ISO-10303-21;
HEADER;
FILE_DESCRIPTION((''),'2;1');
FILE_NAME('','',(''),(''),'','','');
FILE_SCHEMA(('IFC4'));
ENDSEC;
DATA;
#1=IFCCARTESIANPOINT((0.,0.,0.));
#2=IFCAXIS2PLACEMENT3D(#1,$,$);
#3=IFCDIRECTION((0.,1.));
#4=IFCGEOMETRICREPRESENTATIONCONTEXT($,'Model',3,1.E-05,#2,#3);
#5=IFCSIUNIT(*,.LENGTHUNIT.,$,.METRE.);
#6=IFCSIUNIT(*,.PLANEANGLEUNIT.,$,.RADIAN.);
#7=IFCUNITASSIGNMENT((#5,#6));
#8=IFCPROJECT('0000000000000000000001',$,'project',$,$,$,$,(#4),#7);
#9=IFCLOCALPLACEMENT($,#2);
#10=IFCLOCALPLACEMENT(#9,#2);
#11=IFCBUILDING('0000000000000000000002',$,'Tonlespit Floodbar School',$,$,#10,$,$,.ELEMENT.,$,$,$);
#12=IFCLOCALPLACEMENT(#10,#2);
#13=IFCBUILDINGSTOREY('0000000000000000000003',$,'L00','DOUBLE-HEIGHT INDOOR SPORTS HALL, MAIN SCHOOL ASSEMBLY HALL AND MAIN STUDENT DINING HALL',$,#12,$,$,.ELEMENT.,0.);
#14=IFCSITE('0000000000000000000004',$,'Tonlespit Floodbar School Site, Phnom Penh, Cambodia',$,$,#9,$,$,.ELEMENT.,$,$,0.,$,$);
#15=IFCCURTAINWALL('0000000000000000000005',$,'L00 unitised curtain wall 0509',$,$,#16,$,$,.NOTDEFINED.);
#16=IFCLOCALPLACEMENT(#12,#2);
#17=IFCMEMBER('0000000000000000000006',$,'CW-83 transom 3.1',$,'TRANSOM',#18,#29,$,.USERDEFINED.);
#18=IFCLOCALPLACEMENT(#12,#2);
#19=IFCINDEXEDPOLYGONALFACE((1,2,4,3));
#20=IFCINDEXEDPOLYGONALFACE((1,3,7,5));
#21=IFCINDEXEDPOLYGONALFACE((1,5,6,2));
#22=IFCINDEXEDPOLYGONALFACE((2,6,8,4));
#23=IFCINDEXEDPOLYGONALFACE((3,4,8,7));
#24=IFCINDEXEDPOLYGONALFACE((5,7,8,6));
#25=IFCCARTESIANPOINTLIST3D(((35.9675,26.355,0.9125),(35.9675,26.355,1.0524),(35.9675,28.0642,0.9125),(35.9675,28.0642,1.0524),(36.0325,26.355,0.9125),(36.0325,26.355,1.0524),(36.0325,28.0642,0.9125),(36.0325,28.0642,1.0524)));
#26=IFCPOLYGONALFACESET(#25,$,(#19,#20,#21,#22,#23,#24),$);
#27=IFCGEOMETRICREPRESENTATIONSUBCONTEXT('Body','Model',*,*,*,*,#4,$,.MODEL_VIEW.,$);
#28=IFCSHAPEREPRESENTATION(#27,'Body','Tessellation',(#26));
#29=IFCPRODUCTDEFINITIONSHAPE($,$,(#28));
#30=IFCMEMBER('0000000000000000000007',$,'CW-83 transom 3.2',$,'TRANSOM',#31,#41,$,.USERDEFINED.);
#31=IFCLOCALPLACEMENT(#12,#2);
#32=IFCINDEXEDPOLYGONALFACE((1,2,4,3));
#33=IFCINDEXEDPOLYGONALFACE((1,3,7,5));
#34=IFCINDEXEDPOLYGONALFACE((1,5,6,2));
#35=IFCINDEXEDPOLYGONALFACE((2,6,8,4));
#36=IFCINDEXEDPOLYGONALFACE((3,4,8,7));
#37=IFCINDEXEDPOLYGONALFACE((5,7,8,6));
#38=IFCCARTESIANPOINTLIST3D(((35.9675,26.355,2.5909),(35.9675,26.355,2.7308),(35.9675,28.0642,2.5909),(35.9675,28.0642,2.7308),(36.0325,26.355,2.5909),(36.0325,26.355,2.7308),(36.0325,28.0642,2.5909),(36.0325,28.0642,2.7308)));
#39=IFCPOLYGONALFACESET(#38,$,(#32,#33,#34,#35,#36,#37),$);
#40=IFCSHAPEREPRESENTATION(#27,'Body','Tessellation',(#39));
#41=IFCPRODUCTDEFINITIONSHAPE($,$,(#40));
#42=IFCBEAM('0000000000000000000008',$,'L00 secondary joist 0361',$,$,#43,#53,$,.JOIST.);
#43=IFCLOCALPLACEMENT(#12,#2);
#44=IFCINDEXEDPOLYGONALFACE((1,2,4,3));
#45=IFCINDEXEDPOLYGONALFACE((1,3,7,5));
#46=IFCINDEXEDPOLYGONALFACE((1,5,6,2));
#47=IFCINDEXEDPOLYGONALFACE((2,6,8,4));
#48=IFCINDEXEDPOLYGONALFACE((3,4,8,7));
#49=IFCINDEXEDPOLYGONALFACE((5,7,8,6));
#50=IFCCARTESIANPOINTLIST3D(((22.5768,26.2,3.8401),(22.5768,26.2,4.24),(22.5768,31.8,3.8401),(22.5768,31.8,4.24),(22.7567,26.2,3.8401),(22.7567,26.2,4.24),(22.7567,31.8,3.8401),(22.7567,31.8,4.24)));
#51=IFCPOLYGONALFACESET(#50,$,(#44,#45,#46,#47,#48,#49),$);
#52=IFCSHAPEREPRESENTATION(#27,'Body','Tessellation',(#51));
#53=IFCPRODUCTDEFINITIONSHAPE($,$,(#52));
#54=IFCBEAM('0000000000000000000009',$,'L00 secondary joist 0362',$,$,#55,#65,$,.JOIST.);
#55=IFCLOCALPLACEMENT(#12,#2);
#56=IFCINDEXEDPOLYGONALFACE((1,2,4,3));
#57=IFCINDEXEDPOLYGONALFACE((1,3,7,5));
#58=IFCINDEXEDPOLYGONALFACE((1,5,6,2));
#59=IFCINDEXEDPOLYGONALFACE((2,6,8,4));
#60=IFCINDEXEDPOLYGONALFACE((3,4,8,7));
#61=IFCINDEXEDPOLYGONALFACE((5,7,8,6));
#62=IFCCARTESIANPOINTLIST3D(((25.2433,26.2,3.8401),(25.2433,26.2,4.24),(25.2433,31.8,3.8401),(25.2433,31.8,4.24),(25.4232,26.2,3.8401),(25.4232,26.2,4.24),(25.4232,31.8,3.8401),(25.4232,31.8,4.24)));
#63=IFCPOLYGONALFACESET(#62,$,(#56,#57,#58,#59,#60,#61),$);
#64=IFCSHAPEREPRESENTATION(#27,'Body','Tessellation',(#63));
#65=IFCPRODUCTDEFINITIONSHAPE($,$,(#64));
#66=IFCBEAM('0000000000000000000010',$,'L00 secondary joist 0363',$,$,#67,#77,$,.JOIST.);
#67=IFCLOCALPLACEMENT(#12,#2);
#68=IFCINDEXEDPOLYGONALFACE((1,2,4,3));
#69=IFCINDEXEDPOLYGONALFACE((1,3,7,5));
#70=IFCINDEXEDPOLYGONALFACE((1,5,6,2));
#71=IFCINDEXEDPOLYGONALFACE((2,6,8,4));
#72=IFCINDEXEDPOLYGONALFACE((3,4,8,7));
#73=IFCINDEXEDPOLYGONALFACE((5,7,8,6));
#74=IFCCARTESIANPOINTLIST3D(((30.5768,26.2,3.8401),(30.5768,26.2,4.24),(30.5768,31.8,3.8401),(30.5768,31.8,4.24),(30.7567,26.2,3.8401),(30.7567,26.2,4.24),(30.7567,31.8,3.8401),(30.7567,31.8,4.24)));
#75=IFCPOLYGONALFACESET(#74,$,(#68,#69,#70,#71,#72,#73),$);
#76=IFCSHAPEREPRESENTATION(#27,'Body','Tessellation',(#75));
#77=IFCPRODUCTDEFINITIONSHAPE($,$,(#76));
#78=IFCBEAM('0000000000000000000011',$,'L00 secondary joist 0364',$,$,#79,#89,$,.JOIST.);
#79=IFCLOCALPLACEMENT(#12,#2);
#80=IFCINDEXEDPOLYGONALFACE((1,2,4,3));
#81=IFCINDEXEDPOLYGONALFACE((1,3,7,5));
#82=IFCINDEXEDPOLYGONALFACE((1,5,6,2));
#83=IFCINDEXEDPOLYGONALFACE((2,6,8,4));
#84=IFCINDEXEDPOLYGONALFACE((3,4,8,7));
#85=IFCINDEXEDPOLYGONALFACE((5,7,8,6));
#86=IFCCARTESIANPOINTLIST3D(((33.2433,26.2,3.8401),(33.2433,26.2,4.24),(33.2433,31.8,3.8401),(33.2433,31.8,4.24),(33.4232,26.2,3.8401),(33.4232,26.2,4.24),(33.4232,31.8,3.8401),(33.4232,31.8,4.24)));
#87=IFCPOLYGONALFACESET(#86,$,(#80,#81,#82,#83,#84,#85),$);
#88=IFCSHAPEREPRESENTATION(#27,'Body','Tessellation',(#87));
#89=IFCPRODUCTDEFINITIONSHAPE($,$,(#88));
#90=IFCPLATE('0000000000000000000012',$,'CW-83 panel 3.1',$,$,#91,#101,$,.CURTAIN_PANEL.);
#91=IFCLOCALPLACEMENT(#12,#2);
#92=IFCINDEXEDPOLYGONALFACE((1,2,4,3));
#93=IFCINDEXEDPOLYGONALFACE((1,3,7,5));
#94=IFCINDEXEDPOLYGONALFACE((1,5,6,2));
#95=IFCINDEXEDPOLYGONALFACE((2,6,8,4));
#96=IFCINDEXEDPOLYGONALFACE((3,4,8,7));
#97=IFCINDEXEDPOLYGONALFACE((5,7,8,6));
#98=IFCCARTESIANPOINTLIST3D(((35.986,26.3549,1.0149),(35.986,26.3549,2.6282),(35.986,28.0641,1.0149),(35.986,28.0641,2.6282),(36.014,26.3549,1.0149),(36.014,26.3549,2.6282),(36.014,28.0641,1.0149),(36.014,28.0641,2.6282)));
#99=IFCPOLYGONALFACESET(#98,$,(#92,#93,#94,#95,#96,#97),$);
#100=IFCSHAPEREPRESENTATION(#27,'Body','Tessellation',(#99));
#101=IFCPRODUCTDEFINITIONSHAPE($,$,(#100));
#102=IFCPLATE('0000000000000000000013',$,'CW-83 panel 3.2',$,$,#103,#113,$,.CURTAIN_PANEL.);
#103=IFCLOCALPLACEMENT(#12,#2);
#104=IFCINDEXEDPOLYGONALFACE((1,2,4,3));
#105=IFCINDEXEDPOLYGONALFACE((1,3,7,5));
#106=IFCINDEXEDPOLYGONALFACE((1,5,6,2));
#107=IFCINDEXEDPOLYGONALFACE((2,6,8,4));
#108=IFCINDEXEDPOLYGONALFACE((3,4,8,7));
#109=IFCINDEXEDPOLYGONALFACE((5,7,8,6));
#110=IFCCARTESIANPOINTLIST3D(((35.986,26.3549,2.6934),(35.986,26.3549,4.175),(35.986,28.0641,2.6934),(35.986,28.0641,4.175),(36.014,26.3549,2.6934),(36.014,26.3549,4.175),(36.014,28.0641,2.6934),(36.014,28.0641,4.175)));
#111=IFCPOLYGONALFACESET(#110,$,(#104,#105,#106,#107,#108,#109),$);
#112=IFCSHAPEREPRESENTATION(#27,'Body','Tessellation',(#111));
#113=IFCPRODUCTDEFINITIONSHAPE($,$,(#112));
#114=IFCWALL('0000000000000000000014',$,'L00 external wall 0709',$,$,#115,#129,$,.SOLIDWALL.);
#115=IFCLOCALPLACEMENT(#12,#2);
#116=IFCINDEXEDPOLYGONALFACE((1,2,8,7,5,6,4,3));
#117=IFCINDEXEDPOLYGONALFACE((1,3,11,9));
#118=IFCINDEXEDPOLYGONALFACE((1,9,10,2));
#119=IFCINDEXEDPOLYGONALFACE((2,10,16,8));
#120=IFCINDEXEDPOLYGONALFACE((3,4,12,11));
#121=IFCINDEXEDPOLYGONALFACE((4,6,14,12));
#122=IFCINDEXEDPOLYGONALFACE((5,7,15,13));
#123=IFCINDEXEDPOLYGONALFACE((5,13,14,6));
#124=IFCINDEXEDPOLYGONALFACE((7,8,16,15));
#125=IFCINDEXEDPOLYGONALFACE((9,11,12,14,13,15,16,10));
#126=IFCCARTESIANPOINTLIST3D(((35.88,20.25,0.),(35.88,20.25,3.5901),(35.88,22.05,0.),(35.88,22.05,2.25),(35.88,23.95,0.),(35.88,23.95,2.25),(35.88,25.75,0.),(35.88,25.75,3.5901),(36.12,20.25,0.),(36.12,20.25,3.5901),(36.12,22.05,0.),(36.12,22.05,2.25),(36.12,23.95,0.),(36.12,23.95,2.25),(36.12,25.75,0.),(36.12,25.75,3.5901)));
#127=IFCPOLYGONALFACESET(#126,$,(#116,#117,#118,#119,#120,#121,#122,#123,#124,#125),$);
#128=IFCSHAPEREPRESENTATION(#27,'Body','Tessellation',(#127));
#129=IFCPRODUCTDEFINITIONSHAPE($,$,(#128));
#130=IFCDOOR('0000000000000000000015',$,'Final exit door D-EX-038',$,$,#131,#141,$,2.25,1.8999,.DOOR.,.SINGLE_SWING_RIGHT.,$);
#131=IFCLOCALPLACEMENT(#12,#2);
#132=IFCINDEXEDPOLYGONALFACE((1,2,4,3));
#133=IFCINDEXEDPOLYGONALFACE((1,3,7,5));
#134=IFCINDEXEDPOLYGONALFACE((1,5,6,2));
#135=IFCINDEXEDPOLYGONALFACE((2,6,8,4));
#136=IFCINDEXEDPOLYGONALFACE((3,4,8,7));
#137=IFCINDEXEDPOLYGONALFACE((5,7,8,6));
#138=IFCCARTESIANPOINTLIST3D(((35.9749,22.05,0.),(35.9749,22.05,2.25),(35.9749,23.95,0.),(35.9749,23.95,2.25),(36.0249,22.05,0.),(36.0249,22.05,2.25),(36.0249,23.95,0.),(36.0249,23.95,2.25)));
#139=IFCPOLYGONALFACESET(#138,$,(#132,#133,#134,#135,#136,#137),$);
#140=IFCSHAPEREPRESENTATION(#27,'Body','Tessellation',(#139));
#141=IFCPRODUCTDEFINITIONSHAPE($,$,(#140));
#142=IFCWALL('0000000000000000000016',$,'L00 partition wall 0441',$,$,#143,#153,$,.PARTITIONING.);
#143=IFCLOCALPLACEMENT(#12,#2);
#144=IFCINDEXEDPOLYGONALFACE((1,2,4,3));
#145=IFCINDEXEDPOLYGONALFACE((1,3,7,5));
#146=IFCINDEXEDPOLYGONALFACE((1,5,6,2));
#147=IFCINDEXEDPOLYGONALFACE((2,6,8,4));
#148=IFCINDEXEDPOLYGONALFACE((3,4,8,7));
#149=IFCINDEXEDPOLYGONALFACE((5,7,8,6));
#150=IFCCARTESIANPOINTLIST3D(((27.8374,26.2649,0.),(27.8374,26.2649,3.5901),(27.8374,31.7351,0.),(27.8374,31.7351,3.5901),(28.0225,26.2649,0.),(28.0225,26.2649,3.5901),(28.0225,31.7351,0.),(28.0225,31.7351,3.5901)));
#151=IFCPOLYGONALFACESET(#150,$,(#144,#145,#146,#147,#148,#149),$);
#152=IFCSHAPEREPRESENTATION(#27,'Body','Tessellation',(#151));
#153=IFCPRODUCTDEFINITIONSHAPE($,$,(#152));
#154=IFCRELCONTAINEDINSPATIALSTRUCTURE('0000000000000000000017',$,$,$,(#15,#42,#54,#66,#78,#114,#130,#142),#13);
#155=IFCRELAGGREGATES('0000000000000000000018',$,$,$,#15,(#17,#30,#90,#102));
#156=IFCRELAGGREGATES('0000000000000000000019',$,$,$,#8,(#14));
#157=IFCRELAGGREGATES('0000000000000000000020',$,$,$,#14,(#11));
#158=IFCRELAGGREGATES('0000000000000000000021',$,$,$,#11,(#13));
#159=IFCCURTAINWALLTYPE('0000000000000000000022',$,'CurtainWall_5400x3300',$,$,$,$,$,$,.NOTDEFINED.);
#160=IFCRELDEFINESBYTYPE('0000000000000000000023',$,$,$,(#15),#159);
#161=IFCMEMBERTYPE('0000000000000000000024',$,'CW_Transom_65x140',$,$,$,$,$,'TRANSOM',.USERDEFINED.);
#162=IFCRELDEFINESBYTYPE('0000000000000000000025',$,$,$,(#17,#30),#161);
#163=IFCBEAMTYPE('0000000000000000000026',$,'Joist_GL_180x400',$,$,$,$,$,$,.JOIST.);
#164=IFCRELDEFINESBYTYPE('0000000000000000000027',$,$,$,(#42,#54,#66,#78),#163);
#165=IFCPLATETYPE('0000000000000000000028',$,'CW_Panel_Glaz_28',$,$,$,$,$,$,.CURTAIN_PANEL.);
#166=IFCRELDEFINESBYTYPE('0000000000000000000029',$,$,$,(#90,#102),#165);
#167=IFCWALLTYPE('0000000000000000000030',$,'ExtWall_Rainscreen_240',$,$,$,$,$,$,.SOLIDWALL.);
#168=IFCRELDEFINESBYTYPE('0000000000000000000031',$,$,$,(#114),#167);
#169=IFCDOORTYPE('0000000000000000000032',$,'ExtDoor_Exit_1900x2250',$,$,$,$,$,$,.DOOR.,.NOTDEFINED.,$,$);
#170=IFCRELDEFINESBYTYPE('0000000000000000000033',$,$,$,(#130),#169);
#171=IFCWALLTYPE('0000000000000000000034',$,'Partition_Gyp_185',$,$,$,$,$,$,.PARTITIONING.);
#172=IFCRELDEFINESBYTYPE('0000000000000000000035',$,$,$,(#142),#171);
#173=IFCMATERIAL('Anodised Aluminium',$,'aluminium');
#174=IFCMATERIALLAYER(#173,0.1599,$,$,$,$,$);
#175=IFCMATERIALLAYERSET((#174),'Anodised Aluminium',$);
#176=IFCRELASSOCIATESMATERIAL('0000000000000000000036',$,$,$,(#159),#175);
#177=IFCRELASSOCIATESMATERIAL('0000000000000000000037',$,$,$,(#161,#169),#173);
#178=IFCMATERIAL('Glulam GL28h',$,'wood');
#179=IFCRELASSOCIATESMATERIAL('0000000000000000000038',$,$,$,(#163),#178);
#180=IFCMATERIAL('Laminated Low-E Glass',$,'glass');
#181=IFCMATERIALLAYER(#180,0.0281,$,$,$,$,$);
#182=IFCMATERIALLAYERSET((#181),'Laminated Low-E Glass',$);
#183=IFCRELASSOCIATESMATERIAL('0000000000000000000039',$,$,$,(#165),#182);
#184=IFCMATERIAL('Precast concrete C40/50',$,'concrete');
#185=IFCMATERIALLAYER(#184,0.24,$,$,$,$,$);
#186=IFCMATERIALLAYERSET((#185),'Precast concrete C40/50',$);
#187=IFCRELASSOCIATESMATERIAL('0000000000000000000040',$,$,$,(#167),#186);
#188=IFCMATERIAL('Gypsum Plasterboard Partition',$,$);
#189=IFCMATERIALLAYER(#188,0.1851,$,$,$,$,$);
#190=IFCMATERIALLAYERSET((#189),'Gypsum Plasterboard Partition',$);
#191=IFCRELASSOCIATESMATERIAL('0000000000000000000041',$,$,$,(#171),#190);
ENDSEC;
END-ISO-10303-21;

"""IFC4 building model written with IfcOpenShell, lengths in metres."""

from ifc_helpers import new_model, si_unit, direction, frame, frame_2d, origin, origin_2d, place, context, subcontext, project, spatial, rectangle, extrude, material, layer, layer_set, material_profile, profile_set, type_object, element, fill, aggregate, save


model = new_model("IFC4")

# Units and contexts
model_context = context("Model", 3, precision=1e-05, world=origin(), true_north=direction((0.0, 1.0)))
body_context = subcontext(model_context, "Body", "Model", "MODEL_VIEW")
ifc_project = project(units=[si_unit("LENGTHUNIT", "METRE"), si_unit("PLANEANGLEUNIT", "RADIAN")], contexts=[model_context])

# Site, building, storey
site_placement = place(None, origin())
site = spatial("IfcSite", under=ifc_project, at=site_placement, Name="Tonlespit Floodbar School Site, Phnom Penh, Cambodia", CompositionType="ELEMENT", RefElevation=0.0)
building_placement = place(site_placement, origin())
building = spatial("IfcBuilding", under=site, at=building_placement, Name="Tonlespit Floodbar School", CompositionType="ELEMENT")
storey_placement = place(building_placement, origin())
storey = spatial("IfcBuildingStorey", under=building, at=storey_placement, Name="L00", Description="DOUBLE-HEIGHT INDOOR SPORTS HALL, MAIN SCHOOL ASSEMBLY HALL AND MAIN STUDENT DINING HALL", CompositionType="ELEMENT", Elevation=0.0)

# Curtain wall, members
ifc_material_1 = material(Name="Anodised Aluminium", Category="aluminium")
ifc_layer_1 = layer(ifc_material_1, 0.1599)
ifc_layer_set_1 = layer_set([ifc_layer_1], Name="Anodised Aluminium")
curtain_wall_type = type_object("IfcCurtainWallType", Name="CurtainWall_5400x3300", PredefinedType="NOTDEFINED", material=ifc_layer_set_1)
curtain_wall_placement = place(storey_placement, origin())
curtain_wall = element("IfcCurtainWall", 1, at=curtain_wall_placement, inside=storey, type_object=curtain_wall_type, Name="L00 unitised curtain wall 0509", PredefinedType="NOTDEFINED")
ifc_material_profile_1 = material_profile(ifc_material_1, rectangle(XDim=0.0649, YDim=0.1399, at=origin_2d()), Name="ALU T65x140")
ifc_profile_set_1 = profile_set([ifc_material_profile_1], Name="Anodised Aluminium")
member_type_1 = type_object("IfcMemberType", Name="CW_Transom_65x140", ElementType="TRANSOM", PredefinedType="USERDEFINED", material=ifc_profile_set_1)
member_1_placement = place(storey_placement, frame((36.0, 28.0642, 0.9824), z_axis=(0.0, -1.0, 0.0), x_axis=(1.0, 0.0, 0.0)))
member_1 = element("IfcMember", 2, at=member_1_placement, type_object=member_type_1, Name="CW-83 transom 3.1", ObjectType="TRANSOM", PredefinedType="USERDEFINED", context=body_context, shape_type="SweptSolid", body=[
    extrude(rectangle(XDim=0.0649, YDim=0.1399, at=origin_2d()), origin(), (0.0, 0.0, 1.0), 1.7092),
])
member_2_placement = place(storey_placement, frame((36.0, 28.0642, 2.6609), z_axis=(0.0, -1.0, 0.0), x_axis=(1.0, 0.0, 0.0)))
member_2 = element("IfcMember", 3, at=member_2_placement, type_object=member_type_1, Name="CW-83 transom 3.2", ObjectType="TRANSOM", PredefinedType="USERDEFINED", context=body_context, shape_type="SweptSolid", body=[
    extrude(rectangle(XDim=0.0649, YDim=0.1399, at=origin_2d()), origin(), (0.0, 0.0, 1.0), 1.7092),
])

# Beams
ifc_material_2 = material(Name="Glulam GL28h", Category="wood")
ifc_material_profile_2 = material_profile(ifc_material_2, rectangle(XDim=0.1799, YDim=0.3999, at=origin_2d()), Name="GL 180x400")
ifc_profile_set_2 = profile_set([ifc_material_profile_2], Name="Glulam GL28h")
beam_type_1 = type_object("IfcBeamType", Name="Joist_GL_180x400", PredefinedType="JOIST", material=ifc_profile_set_2)
for number, where, z_axis, x_axis, name in (
    (4, (22.6667, 26.2, 4.04), (0.0, 1.0, 0.0), (-1.0, 0.0, 0.0), "L00 secondary joist 0361"),
    (5, (25.3333, 26.2, 4.04), (0.0, 1.0, 0.0), (-1.0, 0.0, 0.0), "L00 secondary joist 0362"),
    (6, (30.6667, 26.2, 4.04), (0.0, 1.0, 0.0), (-1.0, 0.0, 0.0), "L00 secondary joist 0363"),
    (7, (33.3333, 26.2, 4.04), (0.0, 1.0, 0.0), (-1.0, 0.0, 0.0), "L00 secondary joist 0364"),
):
    element("IfcBeam", number, at=place(storey_placement, frame(where, z_axis=z_axis, x_axis=x_axis)), inside=storey, type_object=beam_type_1, Name=name, PredefinedType="JOIST", context=body_context, shape_type="SweptSolid", body=[
        extrude(rectangle(XDim=0.1799, YDim=0.3999, at=origin_2d()), origin(), (0.0, 0.0, 1.0), 5.6001),
    ])

# Plates
ifc_material_3 = material(Name="Laminated Low-E Glass", Category="glass")
ifc_layer_2 = layer(ifc_material_3, 0.0281)
ifc_layer_set_2 = layer_set([ifc_layer_2], Name="Laminated Low-E Glass")
plate_type = type_object("IfcPlateType", Name="CW_Panel_Glaz_28", PredefinedType="CURTAIN_PANEL", material=ifc_layer_set_2)
plate_1_placement = place(storey_placement, frame((36.0, 27.2095, 1.0149), z_axis=(0.0, 0.0, 1.0), x_axis=(0.0, -1.0, 0.0)))
plate_1 = element("IfcPlate", 8, at=plate_1_placement, type_object=plate_type, Name="CW-83 panel 3.1", PredefinedType="CURTAIN_PANEL", context=body_context, shape_type="SweptSolid", body=[
    extrude(rectangle(XDim=1.7092, YDim=0.0281, at=origin_2d()), origin(), (0.0, 0.0, 1.0), 1.6133),
])
plate_2_placement = place(storey_placement, frame((36.0, 27.2095, 2.6934), z_axis=(0.0, 0.0, 1.0), x_axis=(0.0, -1.0, 0.0)))
plate_2 = element("IfcPlate", 9, at=plate_2_placement, type_object=plate_type, Name="CW-83 panel 3.2", PredefinedType="CURTAIN_PANEL", context=body_context, shape_type="SweptSolid", body=[
    extrude(rectangle(XDim=1.7092, YDim=0.0281, at=origin_2d()), origin(), (0.0, 0.0, 1.0), 1.4817),
])
aggregate(curtain_wall, [member_1, member_2, plate_1, plate_2])

# Wall, opening, door
ifc_material_4 = material(Name="Precast concrete C40/50", Category="concrete")
ifc_layer_3 = layer(ifc_material_4, 0.24)
ifc_layer_set_3 = layer_set([ifc_layer_3], Name="Precast concrete C40/50")
wall_type_1 = type_object("IfcWallType", Name="ExtWall_Rainscreen_240", PredefinedType="SOLIDWALL", material=ifc_layer_set_3)
wall_1_placement = place(storey_placement, frame((36.0, 25.75, 0.0), z_axis=(0.0, 0.0, 1.0), x_axis=(0.0, -1.0, 0.0)))
wall_1 = element("IfcWall", 10, at=wall_1_placement, inside=storey, type_object=wall_type_1, Name="L00 external wall 0709", PredefinedType="SOLIDWALL", context=body_context, shape_type="SweptSolid", body=[
    extrude(rectangle(XDim=5.5, YDim=0.24, at=frame_2d((2.75, 0.0))), origin(), (0.0, 0.0, 1.0), 3.5901),
])
opening_placement = place(wall_1_placement, frame((1.8, 0.0, 0.0)))
opening = element("IfcOpeningElement", 11, at=opening_placement, cuts=wall_1, PredefinedType="OPENING", context=body_context, shape_type="SweptSolid", body=[
    extrude(rectangle(XDim=1.8999, YDim=2.25, at=frame_2d((0.95, 1.125))), frame((0.0, 0.1299, 0.0), z_axis=(0.0, -1.0, 0.0), x_axis=(1.0, 0.0, 0.0)), (0.0, 0.0, 1.0), 0.26),
])
door_type = type_object("IfcDoorType", Name="ExtDoor_Exit_1900x2250", OperationType="NOTDEFINED", PredefinedType="DOOR", material=ifc_material_1)
door_placement = place(opening_placement, origin())
door = element("IfcDoor", 12, at=door_placement, inside=storey, type_object=door_type, Name="Final exit door D-EX-038", OperationType="SINGLE_SWING_RIGHT", OverallHeight=2.25, OverallWidth=1.8999, PredefinedType="DOOR", context=body_context, shape_type="SweptSolid", body=[
    extrude(rectangle(XDim=1.8999, YDim=2.25, at=frame_2d((0.95, 1.125))), frame((0.0, 0.0249, 0.0), z_axis=(0.0, -1.0, 0.0), x_axis=(1.0, 0.0, 0.0)), (0.0, 0.0, 1.0), 0.05),
])
fill(opening, door)

# Wall
ifc_material_5 = material(Name="Gypsum Plasterboard Partition")
ifc_layer_4 = layer(ifc_material_5, 0.1851)
ifc_layer_set_4 = layer_set([ifc_layer_4], Name="Gypsum Plasterboard Partition")
wall_type_2 = type_object("IfcWallType", Name="Partition_Gyp_185", PredefinedType="PARTITIONING", material=ifc_layer_set_4)
wall_2_placement = place(storey_placement, frame((27.9299, 26.2649, 0.0), z_axis=(0.0, 0.0, 1.0), x_axis=(0.0, 1.0, 0.0)))
element("IfcWall", 13, at=wall_2_placement, inside=storey, type_object=wall_type_2, Name="L00 partition wall 0441", PredefinedType="PARTITIONING", context=body_context, shape_type="SweptSolid", body=[
    extrude(rectangle(XDim=5.4702, YDim=0.1851, at=frame_2d((2.7351, 0.0))), origin(), (0.0, 0.0, 1.0), 3.5901),
])

save(model, "model.ifc")
